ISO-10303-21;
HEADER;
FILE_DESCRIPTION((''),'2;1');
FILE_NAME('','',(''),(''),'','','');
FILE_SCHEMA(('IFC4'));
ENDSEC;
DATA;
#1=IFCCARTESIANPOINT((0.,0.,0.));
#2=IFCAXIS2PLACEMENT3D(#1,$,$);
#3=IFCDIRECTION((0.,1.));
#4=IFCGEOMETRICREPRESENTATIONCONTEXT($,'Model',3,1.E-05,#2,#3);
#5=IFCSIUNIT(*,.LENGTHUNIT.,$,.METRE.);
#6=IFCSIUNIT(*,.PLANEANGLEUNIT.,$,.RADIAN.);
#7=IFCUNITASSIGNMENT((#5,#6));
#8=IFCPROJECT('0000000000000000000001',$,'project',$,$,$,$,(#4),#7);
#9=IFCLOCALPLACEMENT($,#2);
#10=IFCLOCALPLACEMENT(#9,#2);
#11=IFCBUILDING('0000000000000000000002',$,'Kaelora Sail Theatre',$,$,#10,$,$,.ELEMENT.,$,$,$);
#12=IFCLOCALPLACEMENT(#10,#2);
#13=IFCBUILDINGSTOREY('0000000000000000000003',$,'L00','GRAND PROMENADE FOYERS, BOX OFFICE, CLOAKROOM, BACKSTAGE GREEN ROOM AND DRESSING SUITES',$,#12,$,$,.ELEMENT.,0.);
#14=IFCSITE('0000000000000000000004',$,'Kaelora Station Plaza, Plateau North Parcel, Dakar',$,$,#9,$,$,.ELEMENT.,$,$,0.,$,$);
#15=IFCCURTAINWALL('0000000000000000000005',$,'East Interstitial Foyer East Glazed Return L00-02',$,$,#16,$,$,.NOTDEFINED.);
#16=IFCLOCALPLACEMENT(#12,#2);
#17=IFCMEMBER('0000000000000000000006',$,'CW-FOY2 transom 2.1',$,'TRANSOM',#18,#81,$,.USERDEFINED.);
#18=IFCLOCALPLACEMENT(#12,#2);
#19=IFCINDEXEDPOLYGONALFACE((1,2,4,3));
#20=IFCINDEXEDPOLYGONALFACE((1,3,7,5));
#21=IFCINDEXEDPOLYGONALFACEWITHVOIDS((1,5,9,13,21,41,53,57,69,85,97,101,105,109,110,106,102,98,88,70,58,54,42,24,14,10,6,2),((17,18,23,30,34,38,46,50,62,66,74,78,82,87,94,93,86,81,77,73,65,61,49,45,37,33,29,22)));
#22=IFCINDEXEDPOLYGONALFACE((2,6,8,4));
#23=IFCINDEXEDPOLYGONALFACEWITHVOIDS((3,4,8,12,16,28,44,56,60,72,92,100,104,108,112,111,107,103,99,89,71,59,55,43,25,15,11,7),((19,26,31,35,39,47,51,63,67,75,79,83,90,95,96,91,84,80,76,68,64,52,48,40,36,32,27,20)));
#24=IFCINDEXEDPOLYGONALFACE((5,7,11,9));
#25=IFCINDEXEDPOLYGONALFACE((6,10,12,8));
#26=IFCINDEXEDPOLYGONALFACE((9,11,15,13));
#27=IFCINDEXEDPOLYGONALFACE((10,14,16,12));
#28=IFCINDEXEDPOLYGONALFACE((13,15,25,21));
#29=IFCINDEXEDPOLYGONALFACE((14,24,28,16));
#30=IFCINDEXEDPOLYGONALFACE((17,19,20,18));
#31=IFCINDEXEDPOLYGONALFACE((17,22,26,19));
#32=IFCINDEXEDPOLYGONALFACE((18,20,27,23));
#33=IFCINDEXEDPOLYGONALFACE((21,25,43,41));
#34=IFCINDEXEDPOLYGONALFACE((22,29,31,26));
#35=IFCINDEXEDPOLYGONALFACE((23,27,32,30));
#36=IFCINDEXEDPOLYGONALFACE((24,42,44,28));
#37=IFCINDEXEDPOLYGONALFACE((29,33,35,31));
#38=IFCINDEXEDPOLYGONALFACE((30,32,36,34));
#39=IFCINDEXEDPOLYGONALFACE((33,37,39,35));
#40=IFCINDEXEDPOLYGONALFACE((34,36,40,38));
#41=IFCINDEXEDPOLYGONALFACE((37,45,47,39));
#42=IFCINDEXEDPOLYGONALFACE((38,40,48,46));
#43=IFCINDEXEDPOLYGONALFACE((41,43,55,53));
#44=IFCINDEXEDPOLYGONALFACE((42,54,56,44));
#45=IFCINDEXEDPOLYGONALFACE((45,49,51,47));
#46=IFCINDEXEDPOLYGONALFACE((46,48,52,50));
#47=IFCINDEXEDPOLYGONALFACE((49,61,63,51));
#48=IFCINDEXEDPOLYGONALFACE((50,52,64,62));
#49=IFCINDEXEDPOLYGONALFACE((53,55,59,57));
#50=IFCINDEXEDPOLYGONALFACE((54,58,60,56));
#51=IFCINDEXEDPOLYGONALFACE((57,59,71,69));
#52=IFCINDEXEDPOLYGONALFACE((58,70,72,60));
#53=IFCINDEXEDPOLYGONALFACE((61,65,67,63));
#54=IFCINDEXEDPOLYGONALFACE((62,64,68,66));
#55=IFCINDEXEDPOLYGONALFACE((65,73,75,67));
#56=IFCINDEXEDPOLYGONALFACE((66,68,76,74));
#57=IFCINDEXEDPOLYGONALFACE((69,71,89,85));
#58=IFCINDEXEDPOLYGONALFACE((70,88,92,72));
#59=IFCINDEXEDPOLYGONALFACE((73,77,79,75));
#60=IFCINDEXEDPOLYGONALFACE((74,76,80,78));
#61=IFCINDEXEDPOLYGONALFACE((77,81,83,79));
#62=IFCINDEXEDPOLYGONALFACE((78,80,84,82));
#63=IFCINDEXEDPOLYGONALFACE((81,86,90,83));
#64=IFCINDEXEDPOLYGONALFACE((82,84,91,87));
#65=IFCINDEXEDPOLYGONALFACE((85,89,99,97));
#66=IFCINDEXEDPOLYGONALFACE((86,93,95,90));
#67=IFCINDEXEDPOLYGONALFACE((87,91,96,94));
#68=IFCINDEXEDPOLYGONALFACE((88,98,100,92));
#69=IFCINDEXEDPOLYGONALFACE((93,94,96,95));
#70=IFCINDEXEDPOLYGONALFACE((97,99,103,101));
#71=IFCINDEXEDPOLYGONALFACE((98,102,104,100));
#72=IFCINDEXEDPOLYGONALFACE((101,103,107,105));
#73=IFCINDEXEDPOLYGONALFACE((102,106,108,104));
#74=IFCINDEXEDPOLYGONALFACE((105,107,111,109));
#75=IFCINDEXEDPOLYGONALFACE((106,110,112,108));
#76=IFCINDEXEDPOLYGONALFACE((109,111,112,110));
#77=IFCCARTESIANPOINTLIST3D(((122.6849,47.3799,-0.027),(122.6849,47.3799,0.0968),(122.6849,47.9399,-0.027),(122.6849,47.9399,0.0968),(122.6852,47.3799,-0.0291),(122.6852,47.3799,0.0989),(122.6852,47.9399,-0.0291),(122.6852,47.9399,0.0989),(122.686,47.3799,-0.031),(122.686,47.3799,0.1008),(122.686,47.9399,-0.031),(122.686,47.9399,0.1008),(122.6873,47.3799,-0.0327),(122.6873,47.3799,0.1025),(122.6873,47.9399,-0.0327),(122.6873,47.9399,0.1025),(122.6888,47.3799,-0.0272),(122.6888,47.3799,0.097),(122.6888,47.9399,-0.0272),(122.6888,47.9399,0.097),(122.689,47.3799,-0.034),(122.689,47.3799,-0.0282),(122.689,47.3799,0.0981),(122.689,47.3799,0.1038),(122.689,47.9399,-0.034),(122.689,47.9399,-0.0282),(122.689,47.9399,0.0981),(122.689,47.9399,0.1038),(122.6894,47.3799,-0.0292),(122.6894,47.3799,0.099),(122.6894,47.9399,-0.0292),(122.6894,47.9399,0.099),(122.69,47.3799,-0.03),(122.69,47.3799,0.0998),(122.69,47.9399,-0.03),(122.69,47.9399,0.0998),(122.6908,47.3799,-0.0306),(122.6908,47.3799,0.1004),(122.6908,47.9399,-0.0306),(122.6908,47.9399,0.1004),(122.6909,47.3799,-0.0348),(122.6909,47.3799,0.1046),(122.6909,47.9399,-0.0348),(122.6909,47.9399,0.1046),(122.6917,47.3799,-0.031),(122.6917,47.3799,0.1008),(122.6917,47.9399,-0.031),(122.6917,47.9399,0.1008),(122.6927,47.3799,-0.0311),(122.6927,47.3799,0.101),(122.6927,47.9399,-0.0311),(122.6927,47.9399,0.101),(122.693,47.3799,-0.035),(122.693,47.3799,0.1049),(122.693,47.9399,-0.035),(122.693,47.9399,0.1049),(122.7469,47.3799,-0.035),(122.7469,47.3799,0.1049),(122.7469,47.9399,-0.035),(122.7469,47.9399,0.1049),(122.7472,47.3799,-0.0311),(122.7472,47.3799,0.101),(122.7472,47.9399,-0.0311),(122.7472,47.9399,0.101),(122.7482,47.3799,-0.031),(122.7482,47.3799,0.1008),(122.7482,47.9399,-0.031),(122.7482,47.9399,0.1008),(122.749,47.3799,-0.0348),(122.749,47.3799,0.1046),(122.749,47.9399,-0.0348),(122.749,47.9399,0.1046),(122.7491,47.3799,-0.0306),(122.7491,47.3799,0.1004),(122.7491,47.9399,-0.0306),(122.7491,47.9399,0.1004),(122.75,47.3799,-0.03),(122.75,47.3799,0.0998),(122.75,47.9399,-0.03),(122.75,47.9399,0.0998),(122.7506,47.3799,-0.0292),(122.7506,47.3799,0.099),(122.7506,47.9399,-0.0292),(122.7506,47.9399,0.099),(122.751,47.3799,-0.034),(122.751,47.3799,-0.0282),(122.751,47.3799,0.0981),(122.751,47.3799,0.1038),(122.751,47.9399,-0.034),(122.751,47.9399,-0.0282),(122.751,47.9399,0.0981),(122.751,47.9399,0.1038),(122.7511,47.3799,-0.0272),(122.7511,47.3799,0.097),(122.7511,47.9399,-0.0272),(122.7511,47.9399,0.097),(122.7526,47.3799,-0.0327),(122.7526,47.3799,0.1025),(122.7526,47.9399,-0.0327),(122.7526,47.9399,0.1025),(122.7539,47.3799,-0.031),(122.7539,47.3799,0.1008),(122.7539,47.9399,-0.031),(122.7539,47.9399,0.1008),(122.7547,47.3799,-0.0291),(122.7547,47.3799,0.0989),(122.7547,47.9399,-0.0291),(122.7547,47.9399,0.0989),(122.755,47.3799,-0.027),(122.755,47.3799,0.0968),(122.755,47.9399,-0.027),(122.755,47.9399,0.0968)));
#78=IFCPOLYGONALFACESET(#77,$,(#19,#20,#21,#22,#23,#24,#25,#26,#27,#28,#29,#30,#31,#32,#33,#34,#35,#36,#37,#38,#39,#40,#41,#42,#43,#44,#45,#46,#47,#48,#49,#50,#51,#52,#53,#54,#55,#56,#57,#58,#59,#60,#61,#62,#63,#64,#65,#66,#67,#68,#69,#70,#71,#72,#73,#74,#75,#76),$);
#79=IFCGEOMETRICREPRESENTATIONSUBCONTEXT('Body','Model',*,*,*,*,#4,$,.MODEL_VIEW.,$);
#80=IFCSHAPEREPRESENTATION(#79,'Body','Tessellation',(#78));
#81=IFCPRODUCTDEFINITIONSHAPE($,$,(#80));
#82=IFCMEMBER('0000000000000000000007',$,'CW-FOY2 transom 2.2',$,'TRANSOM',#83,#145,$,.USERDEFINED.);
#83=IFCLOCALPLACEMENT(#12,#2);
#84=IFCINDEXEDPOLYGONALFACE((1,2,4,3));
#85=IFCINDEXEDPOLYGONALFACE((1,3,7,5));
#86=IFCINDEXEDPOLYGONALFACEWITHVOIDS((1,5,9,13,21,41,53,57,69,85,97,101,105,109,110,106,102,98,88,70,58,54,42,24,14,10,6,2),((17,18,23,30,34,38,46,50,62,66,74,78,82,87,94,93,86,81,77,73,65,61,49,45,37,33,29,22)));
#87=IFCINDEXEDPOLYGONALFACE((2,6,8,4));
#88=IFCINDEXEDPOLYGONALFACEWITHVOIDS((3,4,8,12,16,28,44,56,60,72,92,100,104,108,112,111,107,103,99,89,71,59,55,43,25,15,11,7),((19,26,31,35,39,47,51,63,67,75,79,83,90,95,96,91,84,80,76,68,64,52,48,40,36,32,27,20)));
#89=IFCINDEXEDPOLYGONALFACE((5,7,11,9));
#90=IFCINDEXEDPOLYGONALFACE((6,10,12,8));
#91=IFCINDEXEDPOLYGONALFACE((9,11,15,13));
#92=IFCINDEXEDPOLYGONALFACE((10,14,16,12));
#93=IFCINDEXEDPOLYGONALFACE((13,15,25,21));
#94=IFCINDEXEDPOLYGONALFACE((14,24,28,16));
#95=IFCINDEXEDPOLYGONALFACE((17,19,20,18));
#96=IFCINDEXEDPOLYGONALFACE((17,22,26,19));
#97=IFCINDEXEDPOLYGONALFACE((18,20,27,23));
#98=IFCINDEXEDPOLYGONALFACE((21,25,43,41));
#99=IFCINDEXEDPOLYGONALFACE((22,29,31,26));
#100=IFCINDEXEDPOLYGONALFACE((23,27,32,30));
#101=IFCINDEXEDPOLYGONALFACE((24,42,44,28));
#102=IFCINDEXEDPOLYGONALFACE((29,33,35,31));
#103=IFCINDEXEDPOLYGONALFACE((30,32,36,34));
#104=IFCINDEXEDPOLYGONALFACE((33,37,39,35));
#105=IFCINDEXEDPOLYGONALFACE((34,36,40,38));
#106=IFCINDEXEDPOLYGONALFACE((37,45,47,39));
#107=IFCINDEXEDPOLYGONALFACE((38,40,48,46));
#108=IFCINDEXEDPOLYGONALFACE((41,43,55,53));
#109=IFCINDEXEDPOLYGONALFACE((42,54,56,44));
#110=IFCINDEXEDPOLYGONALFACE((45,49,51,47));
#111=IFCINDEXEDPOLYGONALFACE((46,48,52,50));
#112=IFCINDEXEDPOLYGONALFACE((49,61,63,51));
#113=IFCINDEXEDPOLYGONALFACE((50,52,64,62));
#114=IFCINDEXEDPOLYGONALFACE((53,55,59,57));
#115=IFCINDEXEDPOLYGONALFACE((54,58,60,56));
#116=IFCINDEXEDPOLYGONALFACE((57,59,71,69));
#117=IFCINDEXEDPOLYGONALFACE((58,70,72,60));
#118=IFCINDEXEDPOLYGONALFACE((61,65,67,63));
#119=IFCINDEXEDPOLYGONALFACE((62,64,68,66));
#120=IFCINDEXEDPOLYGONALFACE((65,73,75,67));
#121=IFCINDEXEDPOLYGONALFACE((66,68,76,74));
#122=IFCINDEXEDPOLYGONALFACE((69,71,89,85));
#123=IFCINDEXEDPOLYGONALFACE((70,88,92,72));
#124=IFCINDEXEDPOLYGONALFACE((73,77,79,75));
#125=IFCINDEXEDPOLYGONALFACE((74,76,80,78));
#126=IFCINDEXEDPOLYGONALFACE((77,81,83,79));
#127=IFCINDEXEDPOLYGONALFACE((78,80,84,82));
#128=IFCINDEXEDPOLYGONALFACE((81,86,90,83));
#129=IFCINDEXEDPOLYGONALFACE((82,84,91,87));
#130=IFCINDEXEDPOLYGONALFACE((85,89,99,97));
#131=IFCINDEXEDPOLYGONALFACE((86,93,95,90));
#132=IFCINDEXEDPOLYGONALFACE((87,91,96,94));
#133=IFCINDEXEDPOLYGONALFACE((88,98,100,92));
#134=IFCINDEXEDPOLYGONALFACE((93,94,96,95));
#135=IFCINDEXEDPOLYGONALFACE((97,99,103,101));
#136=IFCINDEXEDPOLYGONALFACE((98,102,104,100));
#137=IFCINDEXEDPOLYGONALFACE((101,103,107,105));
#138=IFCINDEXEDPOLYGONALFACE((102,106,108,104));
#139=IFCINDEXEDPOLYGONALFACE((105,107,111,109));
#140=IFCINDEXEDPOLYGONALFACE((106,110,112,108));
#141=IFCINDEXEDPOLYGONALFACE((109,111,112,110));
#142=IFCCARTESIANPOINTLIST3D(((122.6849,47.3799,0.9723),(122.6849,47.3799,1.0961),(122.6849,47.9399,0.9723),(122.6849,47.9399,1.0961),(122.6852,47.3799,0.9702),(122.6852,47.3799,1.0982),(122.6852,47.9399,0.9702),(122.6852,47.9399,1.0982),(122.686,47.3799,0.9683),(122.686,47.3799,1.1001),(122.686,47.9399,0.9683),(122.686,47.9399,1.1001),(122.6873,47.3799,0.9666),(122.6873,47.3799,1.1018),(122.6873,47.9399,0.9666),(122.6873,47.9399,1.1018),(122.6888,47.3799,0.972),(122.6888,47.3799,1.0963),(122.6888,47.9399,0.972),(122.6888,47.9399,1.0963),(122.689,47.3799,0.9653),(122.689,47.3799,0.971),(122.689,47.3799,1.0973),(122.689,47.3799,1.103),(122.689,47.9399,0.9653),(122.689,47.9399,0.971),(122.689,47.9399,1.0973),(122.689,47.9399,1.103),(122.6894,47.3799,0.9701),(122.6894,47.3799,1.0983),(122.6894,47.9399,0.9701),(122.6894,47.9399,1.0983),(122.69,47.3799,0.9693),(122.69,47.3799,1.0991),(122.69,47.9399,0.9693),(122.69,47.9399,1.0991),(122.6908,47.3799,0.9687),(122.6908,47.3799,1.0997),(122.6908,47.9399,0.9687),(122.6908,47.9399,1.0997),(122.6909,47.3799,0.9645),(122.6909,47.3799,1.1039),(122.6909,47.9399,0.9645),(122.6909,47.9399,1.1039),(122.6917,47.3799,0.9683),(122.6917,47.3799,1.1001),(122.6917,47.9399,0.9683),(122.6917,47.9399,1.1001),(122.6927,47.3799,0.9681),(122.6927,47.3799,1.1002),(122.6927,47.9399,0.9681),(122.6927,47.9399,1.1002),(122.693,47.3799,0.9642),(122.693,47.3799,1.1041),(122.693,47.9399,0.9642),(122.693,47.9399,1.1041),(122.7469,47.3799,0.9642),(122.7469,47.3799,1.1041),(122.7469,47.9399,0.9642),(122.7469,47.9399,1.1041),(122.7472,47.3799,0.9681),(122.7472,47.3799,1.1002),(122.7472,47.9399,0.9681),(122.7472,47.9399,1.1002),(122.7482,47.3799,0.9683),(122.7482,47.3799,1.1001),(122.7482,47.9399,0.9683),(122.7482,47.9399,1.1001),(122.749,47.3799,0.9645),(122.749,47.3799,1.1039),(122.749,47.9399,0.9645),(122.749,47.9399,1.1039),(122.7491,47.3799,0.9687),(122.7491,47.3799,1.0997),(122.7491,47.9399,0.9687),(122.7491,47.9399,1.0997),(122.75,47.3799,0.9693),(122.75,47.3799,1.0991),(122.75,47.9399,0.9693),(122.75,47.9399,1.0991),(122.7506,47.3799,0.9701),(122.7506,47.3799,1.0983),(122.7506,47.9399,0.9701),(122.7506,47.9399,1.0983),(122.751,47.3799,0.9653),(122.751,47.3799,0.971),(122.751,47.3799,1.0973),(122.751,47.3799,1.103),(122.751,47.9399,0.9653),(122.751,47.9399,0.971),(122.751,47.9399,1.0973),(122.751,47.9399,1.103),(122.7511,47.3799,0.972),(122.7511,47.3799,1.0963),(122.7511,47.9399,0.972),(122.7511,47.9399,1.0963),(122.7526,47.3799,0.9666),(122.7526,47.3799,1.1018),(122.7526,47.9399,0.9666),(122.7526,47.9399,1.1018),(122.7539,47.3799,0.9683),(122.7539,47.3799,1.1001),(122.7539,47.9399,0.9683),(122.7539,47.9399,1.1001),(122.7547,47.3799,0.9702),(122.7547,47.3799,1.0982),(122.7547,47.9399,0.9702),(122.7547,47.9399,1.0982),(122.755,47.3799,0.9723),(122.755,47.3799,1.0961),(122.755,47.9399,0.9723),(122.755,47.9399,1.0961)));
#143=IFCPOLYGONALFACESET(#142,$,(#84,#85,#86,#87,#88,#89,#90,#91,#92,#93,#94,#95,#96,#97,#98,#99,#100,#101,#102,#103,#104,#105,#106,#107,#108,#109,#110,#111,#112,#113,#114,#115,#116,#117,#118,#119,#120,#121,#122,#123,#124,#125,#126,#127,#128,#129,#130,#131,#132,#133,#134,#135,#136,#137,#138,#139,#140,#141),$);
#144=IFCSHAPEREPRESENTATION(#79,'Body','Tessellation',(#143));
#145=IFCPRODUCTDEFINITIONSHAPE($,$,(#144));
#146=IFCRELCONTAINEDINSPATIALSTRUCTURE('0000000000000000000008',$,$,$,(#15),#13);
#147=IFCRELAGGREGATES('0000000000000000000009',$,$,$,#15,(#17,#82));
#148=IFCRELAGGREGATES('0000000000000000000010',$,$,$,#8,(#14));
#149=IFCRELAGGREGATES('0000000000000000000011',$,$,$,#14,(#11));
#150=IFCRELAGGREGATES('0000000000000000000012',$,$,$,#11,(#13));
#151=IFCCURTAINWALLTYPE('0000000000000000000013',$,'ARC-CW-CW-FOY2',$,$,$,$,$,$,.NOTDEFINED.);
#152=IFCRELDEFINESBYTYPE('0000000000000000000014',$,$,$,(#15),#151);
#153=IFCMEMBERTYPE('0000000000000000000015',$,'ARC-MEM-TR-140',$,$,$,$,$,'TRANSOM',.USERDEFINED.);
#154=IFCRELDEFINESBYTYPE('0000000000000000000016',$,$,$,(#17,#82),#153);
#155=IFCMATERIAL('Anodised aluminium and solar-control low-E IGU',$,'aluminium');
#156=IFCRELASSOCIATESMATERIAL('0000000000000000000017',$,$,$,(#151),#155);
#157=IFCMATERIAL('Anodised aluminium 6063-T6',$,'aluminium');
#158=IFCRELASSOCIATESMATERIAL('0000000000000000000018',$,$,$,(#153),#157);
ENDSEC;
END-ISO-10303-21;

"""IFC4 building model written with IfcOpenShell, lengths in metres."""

from ifc_helpers import new_model, si_unit, direction, frame, origin, origin_2d, place, context, subcontext, project, spatial, hollow_rectangle, extrude, material, material_profile, profile_set, type_object, element, aggregate, save


model = new_model("IFC4")

# Units and contexts
model_context = context("Model", 3, precision=1e-05, world=origin(), true_north=direction((0.0, 1.0)))
body_context = subcontext(model_context, "Body", "Model", "MODEL_VIEW")
ifc_project = project(units=[si_unit("LENGTHUNIT", "METRE"), si_unit("PLANEANGLEUNIT", "RADIAN")], contexts=[model_context])

# Site, building, storey
site_placement = place(None, origin())
site = spatial("IfcSite", under=ifc_project, at=site_placement, Name="Kaelora Station Plaza, Plateau North Parcel, Dakar", CompositionType="ELEMENT", RefElevation=0.0)
building_placement = place(site_placement, origin())
building = spatial("IfcBuilding", under=site, at=building_placement, Name="Kaelora Sail Theatre", CompositionType="ELEMENT")
storey_placement = place(building_placement, origin())
storey = spatial("IfcBuildingStorey", under=building, at=storey_placement, Name="L00", Description="GRAND PROMENADE FOYERS, BOX OFFICE, CLOAKROOM, BACKSTAGE GREEN ROOM AND DRESSING SUITES", CompositionType="ELEMENT", Elevation=0.0)

# Curtain wall
ifc_material_1 = material(Name="Anodised aluminium and solar-control low-E IGU", Category="aluminium")
curtain_wall_type = type_object("IfcCurtainWallType", Name="ARC-CW-CW-FOY2", PredefinedType="NOTDEFINED", material=ifc_material_1)
curtain_wall_1_placement = place(storey_placement, origin())
curtain_wall_1 = element("IfcCurtainWall", 1, at=curtain_wall_1_placement, inside=storey, type_object=curtain_wall_type, Name="East Interstitial Foyer East Glazed Return L00-02", PredefinedType="NOTDEFINED")

# Members
ifc_material_2 = material(Name="Anodised aluminium 6063-T6", Category="aluminium")
ifc_material_profile_1 = material_profile(ifc_material_2, hollow_rectangle(XDim=0.0701, YDim=0.1399, WallThickness=0.0039, InnerFilletRadius=0.0039, OuterFilletRadius=0.0081, at=origin_2d()), Name="ALU-TRAN 70x140x4")
ifc_profile_set_1 = profile_set([ifc_material_profile_1], Name="Anodised aluminium 6063-T6")
member_type_1 = type_object("IfcMemberType", Name="ARC-MEM-TR-140", ElementType="TRANSOM", PredefinedType="USERDEFINED", material=ifc_profile_set_1)
member_1_placement = place(storey_placement, frame((122.72, 47.3799, 0.0349), z_axis=(0.0, 1.0, 0.0), x_axis=(-1.0, 0.0, 0.0)))
member_1 = element("IfcMember", 2, at=member_1_placement, type_object=member_type_1, Name="CW-FOY2 transom 2.1", ObjectType="TRANSOM", PredefinedType="USERDEFINED", context=body_context, shape_type="SweptSolid", body=[
    extrude(hollow_rectangle(XDim=0.0701, YDim=0.1399, WallThickness=0.0039, InnerFilletRadius=0.0039, OuterFilletRadius=0.0081, at=origin_2d()), origin(), (0.0, 0.0, 1.0), 0.5601),
])
member_2_placement = place(storey_placement, frame((122.72, 47.3799, 1.0342), z_axis=(0.0, 1.0, 0.0), x_axis=(-1.0, 0.0, 0.0)))
member_2 = element("IfcMember", 3, at=member_2_placement, type_object=member_type_1, Name="CW-FOY2 transom 2.2", ObjectType="TRANSOM", PredefinedType="USERDEFINED", context=body_context, shape_type="SweptSolid", body=[
    extrude(hollow_rectangle(XDim=0.0701, YDim=0.1399, WallThickness=0.0039, InnerFilletRadius=0.0039, OuterFilletRadius=0.0081, at=origin_2d()), origin(), (0.0, 0.0, 1.0), 0.5601),
])

aggregate(curtain_wall_1, [member_1, member_2])

save(model, "model.ifc")
